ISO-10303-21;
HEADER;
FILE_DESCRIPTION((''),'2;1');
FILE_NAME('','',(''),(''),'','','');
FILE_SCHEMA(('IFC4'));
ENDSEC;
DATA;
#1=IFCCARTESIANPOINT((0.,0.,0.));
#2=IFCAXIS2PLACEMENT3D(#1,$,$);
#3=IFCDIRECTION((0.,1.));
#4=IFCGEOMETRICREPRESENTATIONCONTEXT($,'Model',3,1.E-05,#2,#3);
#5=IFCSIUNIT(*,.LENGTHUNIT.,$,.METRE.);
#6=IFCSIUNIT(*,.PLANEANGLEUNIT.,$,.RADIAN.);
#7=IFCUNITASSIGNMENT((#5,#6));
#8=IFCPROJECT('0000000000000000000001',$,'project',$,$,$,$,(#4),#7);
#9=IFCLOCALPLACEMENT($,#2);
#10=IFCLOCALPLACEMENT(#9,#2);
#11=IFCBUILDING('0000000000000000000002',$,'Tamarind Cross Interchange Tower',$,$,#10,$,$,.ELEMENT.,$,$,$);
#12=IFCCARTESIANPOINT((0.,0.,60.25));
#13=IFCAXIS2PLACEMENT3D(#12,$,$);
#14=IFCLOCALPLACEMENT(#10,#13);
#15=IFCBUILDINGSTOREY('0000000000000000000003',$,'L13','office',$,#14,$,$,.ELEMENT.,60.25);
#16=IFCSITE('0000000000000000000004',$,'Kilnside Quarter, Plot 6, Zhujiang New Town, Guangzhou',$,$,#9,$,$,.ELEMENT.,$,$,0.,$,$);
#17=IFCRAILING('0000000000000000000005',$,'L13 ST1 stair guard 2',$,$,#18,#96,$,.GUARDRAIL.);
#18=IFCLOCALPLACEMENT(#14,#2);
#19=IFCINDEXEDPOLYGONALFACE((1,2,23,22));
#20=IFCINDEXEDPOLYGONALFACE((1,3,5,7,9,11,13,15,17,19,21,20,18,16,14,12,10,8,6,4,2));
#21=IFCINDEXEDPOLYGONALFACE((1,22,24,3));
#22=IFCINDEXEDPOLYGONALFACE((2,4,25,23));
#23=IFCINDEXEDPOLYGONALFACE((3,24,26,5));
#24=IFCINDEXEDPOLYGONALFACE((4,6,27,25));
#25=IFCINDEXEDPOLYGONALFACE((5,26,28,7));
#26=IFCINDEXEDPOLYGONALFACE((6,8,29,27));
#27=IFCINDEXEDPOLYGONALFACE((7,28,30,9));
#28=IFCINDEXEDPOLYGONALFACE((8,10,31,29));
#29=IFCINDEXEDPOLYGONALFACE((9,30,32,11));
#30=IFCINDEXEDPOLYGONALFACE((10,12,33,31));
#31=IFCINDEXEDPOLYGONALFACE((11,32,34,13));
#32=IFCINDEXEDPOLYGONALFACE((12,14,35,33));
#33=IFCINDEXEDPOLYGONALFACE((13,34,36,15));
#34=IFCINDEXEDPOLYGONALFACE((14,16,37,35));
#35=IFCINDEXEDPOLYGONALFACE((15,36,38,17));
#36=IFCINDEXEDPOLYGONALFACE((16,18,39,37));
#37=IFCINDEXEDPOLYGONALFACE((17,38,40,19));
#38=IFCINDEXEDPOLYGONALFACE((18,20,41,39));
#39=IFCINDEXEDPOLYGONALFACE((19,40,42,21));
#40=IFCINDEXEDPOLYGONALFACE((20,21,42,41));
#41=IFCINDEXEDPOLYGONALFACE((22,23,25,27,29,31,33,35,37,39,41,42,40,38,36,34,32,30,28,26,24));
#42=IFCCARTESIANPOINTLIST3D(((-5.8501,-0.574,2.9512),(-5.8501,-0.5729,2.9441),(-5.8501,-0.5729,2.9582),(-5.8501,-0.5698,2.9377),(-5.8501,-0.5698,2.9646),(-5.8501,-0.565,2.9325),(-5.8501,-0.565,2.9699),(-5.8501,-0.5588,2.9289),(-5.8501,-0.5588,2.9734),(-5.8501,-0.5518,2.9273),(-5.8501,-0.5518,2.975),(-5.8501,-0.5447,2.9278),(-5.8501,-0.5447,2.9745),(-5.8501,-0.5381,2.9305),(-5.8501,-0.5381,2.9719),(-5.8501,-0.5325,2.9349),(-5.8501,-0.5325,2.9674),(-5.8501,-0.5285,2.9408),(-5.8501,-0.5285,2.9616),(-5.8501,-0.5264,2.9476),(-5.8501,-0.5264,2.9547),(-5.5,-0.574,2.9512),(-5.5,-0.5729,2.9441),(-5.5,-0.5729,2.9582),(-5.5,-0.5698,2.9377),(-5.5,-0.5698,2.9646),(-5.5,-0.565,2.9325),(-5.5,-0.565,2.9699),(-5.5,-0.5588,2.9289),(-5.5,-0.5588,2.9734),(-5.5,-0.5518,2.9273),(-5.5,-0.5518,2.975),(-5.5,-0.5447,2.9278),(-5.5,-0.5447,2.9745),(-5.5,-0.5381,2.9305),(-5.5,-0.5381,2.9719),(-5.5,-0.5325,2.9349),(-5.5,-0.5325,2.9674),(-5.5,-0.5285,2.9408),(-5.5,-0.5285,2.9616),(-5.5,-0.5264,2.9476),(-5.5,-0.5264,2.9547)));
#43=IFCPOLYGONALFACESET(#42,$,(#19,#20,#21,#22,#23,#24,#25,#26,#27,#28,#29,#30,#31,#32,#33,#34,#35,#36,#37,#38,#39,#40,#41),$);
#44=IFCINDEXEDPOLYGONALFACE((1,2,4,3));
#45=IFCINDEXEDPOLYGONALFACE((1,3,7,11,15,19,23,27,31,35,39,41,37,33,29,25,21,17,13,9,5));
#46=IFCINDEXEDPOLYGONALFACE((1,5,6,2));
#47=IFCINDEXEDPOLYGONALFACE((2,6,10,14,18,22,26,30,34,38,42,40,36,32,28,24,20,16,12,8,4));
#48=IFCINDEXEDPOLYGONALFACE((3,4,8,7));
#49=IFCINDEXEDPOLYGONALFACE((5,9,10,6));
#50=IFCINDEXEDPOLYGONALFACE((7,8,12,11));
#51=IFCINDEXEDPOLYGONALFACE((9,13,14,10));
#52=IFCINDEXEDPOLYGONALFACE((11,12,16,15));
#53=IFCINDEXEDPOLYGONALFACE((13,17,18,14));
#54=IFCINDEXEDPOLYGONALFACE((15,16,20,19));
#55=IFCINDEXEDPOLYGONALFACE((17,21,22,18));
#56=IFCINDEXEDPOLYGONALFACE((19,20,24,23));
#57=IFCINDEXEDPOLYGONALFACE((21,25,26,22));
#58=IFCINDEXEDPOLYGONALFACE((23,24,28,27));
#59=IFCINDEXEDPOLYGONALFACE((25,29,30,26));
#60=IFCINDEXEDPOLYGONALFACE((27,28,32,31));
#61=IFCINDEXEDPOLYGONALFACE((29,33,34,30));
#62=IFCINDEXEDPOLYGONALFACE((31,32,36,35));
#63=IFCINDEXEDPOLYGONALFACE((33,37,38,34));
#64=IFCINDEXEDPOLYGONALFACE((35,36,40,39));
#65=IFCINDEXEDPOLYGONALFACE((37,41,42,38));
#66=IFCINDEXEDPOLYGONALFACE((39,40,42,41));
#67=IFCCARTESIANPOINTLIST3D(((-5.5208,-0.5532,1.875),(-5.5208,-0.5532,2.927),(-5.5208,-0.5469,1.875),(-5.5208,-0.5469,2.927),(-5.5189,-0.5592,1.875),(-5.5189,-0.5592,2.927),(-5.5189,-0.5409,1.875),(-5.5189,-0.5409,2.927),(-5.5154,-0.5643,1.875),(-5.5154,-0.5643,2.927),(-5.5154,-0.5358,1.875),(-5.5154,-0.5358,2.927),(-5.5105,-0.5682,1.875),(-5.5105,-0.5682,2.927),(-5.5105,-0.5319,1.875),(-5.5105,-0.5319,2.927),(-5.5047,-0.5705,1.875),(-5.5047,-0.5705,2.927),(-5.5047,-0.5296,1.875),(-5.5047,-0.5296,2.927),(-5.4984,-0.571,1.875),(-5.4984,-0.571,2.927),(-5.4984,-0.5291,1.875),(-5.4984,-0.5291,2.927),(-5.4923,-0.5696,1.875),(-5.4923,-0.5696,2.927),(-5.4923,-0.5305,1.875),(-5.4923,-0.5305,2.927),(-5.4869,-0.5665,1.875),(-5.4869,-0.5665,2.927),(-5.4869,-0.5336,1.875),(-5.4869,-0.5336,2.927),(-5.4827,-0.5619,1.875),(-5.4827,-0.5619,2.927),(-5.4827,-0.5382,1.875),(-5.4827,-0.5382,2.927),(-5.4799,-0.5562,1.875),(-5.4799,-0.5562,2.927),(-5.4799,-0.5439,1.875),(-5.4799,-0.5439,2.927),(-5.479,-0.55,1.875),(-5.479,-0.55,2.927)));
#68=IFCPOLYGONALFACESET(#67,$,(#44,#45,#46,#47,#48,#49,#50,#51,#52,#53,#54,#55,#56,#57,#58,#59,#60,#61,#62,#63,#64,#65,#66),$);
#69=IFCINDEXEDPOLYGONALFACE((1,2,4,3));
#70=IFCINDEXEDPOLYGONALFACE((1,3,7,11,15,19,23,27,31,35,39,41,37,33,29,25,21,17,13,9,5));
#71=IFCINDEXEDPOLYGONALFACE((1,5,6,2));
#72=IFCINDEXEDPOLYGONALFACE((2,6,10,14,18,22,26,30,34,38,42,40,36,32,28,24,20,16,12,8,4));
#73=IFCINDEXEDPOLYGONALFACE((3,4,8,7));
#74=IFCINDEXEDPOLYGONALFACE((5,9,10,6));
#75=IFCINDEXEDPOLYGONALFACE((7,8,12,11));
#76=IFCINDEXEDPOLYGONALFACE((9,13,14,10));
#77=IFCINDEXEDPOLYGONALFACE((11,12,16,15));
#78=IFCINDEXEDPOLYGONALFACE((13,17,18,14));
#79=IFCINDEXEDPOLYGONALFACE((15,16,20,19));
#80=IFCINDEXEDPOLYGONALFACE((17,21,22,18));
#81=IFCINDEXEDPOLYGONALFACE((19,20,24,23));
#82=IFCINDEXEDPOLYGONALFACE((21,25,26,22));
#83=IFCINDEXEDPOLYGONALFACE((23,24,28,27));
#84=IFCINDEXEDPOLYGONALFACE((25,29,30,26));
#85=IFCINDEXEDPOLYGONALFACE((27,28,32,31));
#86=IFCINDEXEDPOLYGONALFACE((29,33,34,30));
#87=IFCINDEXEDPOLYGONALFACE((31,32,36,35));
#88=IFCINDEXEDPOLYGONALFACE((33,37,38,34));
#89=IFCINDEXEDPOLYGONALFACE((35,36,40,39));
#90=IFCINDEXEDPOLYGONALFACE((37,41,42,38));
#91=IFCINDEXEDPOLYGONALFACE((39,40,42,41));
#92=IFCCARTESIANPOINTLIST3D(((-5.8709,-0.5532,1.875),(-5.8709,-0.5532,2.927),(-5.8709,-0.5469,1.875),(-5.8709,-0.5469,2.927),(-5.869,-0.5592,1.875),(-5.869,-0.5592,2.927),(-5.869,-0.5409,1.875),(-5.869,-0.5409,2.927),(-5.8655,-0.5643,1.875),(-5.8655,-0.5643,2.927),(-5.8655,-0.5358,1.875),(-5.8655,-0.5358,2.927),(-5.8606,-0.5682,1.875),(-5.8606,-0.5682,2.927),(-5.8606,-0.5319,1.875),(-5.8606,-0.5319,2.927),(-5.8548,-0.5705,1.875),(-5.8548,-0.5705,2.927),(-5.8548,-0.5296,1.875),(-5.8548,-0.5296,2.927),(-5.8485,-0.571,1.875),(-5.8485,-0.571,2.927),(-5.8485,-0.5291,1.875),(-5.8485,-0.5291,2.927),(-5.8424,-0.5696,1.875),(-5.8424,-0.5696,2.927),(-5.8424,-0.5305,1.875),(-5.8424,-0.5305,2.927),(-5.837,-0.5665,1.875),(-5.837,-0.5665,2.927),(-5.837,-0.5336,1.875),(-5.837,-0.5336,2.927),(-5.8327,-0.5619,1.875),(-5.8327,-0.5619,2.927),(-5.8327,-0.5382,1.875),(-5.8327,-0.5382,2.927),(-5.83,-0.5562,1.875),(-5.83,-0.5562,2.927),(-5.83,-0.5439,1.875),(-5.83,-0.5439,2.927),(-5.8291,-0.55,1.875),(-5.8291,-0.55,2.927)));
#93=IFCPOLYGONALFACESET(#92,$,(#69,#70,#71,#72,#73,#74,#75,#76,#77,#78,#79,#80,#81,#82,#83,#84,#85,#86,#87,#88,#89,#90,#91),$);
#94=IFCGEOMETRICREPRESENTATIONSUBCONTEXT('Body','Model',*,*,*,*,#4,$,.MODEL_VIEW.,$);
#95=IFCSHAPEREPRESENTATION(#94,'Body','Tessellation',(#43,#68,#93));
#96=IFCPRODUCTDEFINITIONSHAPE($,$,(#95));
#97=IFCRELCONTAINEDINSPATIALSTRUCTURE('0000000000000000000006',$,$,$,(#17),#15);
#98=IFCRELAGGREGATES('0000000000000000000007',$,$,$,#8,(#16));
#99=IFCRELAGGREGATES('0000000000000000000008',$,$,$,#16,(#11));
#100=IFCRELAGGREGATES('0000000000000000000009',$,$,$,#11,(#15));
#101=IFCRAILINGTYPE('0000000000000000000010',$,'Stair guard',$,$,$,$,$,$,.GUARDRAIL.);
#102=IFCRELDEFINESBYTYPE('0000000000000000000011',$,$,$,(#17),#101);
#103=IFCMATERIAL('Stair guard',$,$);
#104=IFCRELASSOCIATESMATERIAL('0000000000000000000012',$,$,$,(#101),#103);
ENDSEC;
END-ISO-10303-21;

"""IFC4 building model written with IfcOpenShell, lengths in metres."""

from ifc_helpers import new_model, si_unit, direction, frame, origin, origin_2d, place, context, subcontext, project, spatial, circle, extrude, material, type_object, element, save


model = new_model("IFC4")

# Units and contexts
model_context = context("Model", 3, precision=1e-05, world=origin(), true_north=direction((0.0, 1.0)))
body_context = subcontext(model_context, "Body", "Model", "MODEL_VIEW")
ifc_project = project(units=[si_unit("LENGTHUNIT", "METRE"), si_unit("PLANEANGLEUNIT", "RADIAN")], contexts=[model_context])

# Site, building, storey
site_placement = place(None, origin())
site = spatial("IfcSite", under=ifc_project, at=site_placement, Name="Kilnside Quarter, Plot 6, Zhujiang New Town, Guangzhou", CompositionType="ELEMENT", RefElevation=0.0)
building_placement = place(site_placement, origin())
building = spatial("IfcBuilding", under=site, at=building_placement, Name="Tamarind Cross Interchange Tower", CompositionType="ELEMENT")
storey_placement = place(building_placement, frame((0.0, 0.0, 60.25)))
storey = spatial("IfcBuildingStorey", under=building, at=storey_placement, Name="L13", Description="office", CompositionType="ELEMENT", Elevation=60.25)

# Railing
ifc_material_1 = material(Name="Stair guard")
railing_type_1 = type_object("IfcRailingType", Name="Stair guard", PredefinedType="GUARDRAIL", material=ifc_material_1)
railing_1_placement = place(storey_placement, frame((-5.5, -0.55, 1.875)))
element("IfcRailing", 1, at=railing_1_placement, inside=storey, type_object=railing_type_1, Name="L13 ST1 stair guard 2", PredefinedType="GUARDRAIL", context=body_context, shape_type="SweptSolid", body=[
    extrude(circle(Radius=0.0239, at=origin_2d()), frame((0.0, 0.0, 1.0762), z_axis=(-1.0, 0.0, 0.0), x_axis=(0.0, -1.0, 0.0)), (0.0, 0.0, 1.0), 0.3501),
    extrude(circle(Radius=0.021, at=origin_2d()), origin(), (0.0, 0.0, 1.0), 1.052),
    extrude(circle(Radius=0.021, at=origin_2d()), frame((-0.3501, 0.0, 0.0)), (0.0, 0.0, 1.0), 1.052),
])

save(model, "model.ifc")
